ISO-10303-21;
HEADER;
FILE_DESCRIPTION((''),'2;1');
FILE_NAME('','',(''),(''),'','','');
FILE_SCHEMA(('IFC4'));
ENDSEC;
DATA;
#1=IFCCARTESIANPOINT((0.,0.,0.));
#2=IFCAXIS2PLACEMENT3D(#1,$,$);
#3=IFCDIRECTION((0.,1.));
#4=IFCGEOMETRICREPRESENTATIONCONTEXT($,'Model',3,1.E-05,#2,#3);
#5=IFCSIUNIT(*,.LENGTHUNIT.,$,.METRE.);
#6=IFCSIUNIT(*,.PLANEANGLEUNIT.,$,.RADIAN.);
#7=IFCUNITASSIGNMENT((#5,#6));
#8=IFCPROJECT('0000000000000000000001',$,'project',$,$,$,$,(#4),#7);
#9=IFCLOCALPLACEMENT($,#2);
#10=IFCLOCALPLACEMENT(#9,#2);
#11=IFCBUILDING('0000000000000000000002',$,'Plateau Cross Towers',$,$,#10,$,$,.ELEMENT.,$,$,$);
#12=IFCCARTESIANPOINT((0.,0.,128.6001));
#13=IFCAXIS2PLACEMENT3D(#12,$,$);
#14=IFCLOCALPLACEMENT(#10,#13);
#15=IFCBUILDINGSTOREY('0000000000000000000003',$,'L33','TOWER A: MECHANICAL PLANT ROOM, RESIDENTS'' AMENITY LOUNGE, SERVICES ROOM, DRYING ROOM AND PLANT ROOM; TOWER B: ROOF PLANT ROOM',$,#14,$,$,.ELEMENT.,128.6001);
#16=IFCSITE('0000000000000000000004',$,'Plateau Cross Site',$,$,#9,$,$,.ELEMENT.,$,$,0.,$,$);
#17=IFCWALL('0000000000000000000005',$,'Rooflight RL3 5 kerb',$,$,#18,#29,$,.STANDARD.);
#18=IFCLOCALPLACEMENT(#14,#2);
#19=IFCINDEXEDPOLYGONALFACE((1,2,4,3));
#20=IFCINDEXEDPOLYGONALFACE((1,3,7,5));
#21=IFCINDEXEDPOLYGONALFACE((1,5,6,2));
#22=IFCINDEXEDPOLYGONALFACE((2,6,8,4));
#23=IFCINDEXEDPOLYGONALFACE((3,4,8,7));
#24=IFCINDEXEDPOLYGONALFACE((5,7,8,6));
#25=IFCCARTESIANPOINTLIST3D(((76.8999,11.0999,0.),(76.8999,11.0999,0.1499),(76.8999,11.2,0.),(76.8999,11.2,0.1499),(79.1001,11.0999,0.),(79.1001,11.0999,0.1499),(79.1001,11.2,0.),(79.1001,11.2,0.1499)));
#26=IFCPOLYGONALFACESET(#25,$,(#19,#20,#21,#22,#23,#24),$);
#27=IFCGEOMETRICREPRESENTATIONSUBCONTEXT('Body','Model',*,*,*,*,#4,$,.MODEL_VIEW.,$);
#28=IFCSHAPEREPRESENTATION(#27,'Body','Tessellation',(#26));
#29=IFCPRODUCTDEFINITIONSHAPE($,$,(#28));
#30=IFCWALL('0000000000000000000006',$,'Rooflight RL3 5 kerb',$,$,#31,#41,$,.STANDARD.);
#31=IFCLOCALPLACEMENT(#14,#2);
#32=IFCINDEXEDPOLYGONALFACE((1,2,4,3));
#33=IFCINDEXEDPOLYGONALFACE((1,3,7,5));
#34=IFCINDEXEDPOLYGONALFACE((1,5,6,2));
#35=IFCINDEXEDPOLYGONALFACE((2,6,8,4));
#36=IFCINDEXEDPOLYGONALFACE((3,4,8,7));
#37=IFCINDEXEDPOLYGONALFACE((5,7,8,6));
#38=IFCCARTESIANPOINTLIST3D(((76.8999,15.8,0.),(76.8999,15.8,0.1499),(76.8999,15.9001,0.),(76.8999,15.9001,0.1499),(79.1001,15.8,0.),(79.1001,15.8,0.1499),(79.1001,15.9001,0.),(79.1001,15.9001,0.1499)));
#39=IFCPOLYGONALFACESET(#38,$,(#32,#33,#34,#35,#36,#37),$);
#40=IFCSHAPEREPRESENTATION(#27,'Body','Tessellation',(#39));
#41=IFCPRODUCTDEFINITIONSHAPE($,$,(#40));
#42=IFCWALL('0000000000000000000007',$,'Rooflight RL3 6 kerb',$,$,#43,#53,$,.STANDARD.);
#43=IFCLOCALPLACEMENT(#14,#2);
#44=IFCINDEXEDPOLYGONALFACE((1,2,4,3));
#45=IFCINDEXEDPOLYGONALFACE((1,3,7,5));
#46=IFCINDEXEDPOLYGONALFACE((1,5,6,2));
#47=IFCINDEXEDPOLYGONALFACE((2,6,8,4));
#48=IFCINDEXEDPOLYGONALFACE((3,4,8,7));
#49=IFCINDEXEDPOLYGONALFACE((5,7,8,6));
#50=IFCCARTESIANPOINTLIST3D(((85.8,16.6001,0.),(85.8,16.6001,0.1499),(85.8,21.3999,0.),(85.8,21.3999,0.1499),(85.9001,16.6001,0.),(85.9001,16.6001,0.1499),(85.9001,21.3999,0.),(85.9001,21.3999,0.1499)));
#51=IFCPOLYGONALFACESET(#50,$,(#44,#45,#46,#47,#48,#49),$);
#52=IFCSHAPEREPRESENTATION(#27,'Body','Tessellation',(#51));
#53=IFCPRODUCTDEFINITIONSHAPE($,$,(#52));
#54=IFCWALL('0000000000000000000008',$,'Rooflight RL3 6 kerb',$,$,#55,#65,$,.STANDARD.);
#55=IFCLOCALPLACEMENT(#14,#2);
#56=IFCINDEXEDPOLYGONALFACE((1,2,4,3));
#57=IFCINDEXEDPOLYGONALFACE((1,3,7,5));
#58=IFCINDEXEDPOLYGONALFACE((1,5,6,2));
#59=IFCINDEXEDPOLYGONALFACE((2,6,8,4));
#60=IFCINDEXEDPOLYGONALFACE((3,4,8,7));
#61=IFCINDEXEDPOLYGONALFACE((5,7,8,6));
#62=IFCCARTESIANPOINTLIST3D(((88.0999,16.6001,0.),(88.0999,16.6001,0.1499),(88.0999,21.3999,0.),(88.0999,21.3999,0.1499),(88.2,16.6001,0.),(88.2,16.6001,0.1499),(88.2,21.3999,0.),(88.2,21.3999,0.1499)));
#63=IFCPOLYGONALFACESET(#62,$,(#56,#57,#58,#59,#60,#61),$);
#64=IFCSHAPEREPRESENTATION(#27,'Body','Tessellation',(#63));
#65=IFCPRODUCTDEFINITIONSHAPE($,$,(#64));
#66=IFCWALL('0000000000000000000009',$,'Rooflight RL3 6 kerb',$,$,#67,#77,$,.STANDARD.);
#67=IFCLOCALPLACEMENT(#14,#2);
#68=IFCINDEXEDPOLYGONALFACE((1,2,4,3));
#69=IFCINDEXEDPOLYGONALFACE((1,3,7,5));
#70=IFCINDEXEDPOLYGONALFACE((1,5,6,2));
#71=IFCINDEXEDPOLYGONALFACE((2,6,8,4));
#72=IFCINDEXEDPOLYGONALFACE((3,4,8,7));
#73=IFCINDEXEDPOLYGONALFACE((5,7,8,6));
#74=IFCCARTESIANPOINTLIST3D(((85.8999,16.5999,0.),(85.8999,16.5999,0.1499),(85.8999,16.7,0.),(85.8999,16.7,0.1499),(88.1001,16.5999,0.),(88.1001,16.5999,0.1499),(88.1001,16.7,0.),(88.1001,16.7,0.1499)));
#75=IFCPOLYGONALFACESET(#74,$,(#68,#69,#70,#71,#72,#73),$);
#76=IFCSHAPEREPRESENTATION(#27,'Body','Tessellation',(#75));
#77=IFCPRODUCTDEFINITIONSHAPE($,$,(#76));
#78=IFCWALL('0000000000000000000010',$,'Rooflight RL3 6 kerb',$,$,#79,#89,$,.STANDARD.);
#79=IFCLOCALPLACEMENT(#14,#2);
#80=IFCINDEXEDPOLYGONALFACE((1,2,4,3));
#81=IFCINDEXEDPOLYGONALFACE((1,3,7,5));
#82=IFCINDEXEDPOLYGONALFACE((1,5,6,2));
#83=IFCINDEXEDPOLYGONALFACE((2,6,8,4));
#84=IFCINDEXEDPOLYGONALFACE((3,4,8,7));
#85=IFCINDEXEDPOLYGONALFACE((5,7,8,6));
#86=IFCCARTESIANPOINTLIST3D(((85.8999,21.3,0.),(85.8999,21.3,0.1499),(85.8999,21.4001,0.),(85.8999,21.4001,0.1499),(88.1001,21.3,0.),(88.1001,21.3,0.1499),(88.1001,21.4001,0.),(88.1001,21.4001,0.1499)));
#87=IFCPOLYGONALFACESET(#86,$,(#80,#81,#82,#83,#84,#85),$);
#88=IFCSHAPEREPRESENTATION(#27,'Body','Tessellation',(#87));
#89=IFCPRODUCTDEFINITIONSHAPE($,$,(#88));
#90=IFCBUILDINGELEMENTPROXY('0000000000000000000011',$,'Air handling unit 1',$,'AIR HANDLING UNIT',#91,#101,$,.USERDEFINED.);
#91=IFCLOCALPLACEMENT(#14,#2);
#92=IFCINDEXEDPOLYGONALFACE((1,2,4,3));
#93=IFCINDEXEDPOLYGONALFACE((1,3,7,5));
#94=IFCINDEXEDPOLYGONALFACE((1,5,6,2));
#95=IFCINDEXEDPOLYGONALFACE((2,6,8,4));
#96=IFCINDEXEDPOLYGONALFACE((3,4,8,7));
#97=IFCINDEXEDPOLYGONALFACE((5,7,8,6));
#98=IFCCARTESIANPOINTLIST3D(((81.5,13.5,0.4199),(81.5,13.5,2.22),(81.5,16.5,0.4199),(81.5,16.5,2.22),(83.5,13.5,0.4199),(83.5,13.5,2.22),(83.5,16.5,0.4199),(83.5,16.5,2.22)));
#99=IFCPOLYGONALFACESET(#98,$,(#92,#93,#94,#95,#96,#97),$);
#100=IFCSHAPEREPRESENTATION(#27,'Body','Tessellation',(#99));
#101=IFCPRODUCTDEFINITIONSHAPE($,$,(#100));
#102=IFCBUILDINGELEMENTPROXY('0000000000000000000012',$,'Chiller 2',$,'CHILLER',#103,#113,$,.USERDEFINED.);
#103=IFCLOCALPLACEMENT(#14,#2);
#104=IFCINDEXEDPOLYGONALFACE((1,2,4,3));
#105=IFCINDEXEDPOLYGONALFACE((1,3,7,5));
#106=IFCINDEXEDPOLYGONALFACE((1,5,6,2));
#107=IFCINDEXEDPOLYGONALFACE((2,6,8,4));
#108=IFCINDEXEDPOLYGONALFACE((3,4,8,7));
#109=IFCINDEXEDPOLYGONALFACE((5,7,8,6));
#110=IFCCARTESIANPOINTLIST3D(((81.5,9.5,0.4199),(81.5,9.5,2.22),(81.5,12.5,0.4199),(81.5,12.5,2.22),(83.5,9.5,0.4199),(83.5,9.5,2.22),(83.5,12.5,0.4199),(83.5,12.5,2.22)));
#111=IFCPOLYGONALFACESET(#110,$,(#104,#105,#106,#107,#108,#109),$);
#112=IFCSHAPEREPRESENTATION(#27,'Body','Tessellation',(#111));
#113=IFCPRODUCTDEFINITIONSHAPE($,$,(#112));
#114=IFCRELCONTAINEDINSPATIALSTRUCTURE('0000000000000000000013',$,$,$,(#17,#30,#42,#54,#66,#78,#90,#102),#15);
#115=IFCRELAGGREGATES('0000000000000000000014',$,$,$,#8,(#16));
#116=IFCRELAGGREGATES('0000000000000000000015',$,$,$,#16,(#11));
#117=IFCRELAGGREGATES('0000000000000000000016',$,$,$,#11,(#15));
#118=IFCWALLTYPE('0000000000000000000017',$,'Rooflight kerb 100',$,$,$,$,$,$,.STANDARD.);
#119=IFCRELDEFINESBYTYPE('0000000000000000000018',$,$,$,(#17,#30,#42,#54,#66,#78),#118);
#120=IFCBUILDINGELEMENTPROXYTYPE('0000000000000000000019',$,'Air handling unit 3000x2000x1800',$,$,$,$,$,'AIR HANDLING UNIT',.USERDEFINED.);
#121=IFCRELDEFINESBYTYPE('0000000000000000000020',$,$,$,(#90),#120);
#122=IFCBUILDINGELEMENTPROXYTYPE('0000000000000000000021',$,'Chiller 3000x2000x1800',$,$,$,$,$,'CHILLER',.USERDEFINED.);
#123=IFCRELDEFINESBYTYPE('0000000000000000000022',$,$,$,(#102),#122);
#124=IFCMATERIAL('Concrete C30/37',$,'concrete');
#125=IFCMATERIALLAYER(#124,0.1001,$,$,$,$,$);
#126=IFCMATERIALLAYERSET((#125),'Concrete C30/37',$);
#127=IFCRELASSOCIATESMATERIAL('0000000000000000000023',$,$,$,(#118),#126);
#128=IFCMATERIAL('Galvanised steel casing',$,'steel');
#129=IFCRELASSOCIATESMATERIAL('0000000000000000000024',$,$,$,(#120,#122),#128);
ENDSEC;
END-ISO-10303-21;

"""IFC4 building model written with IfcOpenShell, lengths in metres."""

from ifc_helpers import new_model, si_unit, direction, frame, frame_2d, origin, origin_2d, place, context, subcontext, project, spatial, rectangle, extrude, material, layer, layer_set, type_object, element, save


model = new_model("IFC4")

# Units and contexts
model_context = context("Model", 3, precision=1e-05, world=origin(), true_north=direction((0.0, 1.0)))
body_context = subcontext(model_context, "Body", "Model", "MODEL_VIEW")
ifc_project = project(units=[si_unit("LENGTHUNIT", "METRE"), si_unit("PLANEANGLEUNIT", "RADIAN")], contexts=[model_context])

# Site, building, storey
site_placement = place(None, origin())
site = spatial("IfcSite", under=ifc_project, at=site_placement, Name="Plateau Cross Site", CompositionType="ELEMENT", RefElevation=0.0)
building_placement = place(site_placement, origin())
building = spatial("IfcBuilding", under=site, at=building_placement, Name="Plateau Cross Towers", CompositionType="ELEMENT")
storey_placement = place(building_placement, frame((0.0, 0.0, 128.6001)))
storey = spatial("IfcBuildingStorey", under=building, at=storey_placement, Name="L33", Description="TOWER A: MECHANICAL PLANT ROOM, RESIDENTS' AMENITY LOUNGE, SERVICES ROOM, DRYING ROOM AND PLANT ROOM; TOWER B: ROOF PLANT ROOM", CompositionType="ELEMENT", Elevation=128.6001)

# Walls
ifc_material_1 = material(Name="Concrete C30/37", Category="concrete")
ifc_layer_1 = layer(ifc_material_1, 0.1001)
ifc_layer_set_1 = layer_set([ifc_layer_1], Name="Concrete C30/37")
wall_type_1 = type_object("IfcWallType", Name="Rooflight kerb 100", PredefinedType="STANDARD", material=ifc_layer_set_1)
for number, where, z_axis, x_axis, name in (
    (1, (76.8999, 11.1499, 0.0), (0.0, 0.0, 1.0), (1.0, 0.0, 0.0), "Rooflight RL3 5 kerb"),
    (2, (76.8999, 15.8501, 0.0), (0.0, 0.0, 1.0), (1.0, 0.0, 0.0), "Rooflight RL3 5 kerb"),
):
    element("IfcWall", number, at=place(storey_placement, frame(where, z_axis=z_axis, x_axis=x_axis)), inside=storey, type_object=wall_type_1, Name=name, PredefinedType="STANDARD", context=body_context, shape_type="SweptSolid", body=[
        extrude(rectangle(XDim=2.2002, YDim=0.1001, at=frame_2d((1.1001, 0.0))), origin(), (0.0, 0.0, 1.0), 0.1499),
    ])
for number, where, z_axis, x_axis, name in (
    (3, (85.8501, 16.6001, 0.0), (0.0, 0.0, 1.0), (0.0, 1.0, 0.0), "Rooflight RL3 6 kerb"),
    (4, (88.1499, 16.6001, 0.0), (0.0, 0.0, 1.0), (0.0, 1.0, 0.0), "Rooflight RL3 6 kerb"),
):
    element("IfcWall", number, at=place(storey_placement, frame(where, z_axis=z_axis, x_axis=x_axis)), inside=storey, type_object=wall_type_1, Name=name, PredefinedType="STANDARD", context=body_context, shape_type="SweptSolid", body=[
        extrude(rectangle(XDim=4.7998, YDim=0.1001, at=frame_2d((2.3999, 0.0))), origin(), (0.0, 0.0, 1.0), 0.1499),
    ])
for number, where, z_axis, x_axis, name in (
    (5, (85.8999, 16.6499, 0.0), (0.0, 0.0, 1.0), (1.0, 0.0, 0.0), "Rooflight RL3 6 kerb"),
    (6, (85.8999, 21.3501, 0.0), (0.0, 0.0, 1.0), (1.0, 0.0, 0.0), "Rooflight RL3 6 kerb"),
):
    element("IfcWall", number, at=place(storey_placement, frame(where, z_axis=z_axis, x_axis=x_axis)), inside=storey, type_object=wall_type_1, Name=name, PredefinedType="STANDARD", context=body_context, shape_type="SweptSolid", body=[
        extrude(rectangle(XDim=2.2002, YDim=0.1001, at=frame_2d((1.1001, 0.0))), origin(), (0.0, 0.0, 1.0), 0.1499),
    ])

# Building element proxies
ifc_material_2 = material(Name="Galvanised steel casing", Category="steel")
building_element_proxy_type_1 = type_object("IfcBuildingElementProxyType", Name="Air handling unit 3000x2000x1800", ElementType="AIR HANDLING UNIT", PredefinedType="USERDEFINED", material=ifc_material_2)
proxy_1_placement = place(storey_placement, frame((82.5, 15.0, 0.4199), z_axis=(0.0, 0.0, 1.0), x_axis=(0.0, -1.0, 0.0)))
element("IfcBuildingElementProxy", 7, at=proxy_1_placement, inside=storey, type_object=building_element_proxy_type_1, Name="Air handling unit 1", ObjectType="AIR HANDLING UNIT", PredefinedType="USERDEFINED", context=body_context, shape_type="SweptSolid", body=[
    extrude(rectangle(XDim=3.0, YDim=2.0, at=origin_2d()), origin(), (0.0, 0.0, 1.0), 1.8),
])
building_element_proxy_type_2 = type_object("IfcBuildingElementProxyType", Name="Chiller 3000x2000x1800", ElementType="CHILLER", PredefinedType="USERDEFINED", material=ifc_material_2)
proxy_2_placement = place(storey_placement, frame((82.5, 11.0, 0.4199), z_axis=(0.0, 0.0, 1.0), x_axis=(0.0, -1.0, 0.0)))
element("IfcBuildingElementProxy", 8, at=proxy_2_placement, inside=storey, type_object=building_element_proxy_type_2, Name="Chiller 2", ObjectType="CHILLER", PredefinedType="USERDEFINED", context=body_context, shape_type="SweptSolid", body=[
    extrude(rectangle(XDim=3.0, YDim=2.0, at=origin_2d()), origin(), (0.0, 0.0, 1.0), 1.8),
])

save(model, "model.ifc")
